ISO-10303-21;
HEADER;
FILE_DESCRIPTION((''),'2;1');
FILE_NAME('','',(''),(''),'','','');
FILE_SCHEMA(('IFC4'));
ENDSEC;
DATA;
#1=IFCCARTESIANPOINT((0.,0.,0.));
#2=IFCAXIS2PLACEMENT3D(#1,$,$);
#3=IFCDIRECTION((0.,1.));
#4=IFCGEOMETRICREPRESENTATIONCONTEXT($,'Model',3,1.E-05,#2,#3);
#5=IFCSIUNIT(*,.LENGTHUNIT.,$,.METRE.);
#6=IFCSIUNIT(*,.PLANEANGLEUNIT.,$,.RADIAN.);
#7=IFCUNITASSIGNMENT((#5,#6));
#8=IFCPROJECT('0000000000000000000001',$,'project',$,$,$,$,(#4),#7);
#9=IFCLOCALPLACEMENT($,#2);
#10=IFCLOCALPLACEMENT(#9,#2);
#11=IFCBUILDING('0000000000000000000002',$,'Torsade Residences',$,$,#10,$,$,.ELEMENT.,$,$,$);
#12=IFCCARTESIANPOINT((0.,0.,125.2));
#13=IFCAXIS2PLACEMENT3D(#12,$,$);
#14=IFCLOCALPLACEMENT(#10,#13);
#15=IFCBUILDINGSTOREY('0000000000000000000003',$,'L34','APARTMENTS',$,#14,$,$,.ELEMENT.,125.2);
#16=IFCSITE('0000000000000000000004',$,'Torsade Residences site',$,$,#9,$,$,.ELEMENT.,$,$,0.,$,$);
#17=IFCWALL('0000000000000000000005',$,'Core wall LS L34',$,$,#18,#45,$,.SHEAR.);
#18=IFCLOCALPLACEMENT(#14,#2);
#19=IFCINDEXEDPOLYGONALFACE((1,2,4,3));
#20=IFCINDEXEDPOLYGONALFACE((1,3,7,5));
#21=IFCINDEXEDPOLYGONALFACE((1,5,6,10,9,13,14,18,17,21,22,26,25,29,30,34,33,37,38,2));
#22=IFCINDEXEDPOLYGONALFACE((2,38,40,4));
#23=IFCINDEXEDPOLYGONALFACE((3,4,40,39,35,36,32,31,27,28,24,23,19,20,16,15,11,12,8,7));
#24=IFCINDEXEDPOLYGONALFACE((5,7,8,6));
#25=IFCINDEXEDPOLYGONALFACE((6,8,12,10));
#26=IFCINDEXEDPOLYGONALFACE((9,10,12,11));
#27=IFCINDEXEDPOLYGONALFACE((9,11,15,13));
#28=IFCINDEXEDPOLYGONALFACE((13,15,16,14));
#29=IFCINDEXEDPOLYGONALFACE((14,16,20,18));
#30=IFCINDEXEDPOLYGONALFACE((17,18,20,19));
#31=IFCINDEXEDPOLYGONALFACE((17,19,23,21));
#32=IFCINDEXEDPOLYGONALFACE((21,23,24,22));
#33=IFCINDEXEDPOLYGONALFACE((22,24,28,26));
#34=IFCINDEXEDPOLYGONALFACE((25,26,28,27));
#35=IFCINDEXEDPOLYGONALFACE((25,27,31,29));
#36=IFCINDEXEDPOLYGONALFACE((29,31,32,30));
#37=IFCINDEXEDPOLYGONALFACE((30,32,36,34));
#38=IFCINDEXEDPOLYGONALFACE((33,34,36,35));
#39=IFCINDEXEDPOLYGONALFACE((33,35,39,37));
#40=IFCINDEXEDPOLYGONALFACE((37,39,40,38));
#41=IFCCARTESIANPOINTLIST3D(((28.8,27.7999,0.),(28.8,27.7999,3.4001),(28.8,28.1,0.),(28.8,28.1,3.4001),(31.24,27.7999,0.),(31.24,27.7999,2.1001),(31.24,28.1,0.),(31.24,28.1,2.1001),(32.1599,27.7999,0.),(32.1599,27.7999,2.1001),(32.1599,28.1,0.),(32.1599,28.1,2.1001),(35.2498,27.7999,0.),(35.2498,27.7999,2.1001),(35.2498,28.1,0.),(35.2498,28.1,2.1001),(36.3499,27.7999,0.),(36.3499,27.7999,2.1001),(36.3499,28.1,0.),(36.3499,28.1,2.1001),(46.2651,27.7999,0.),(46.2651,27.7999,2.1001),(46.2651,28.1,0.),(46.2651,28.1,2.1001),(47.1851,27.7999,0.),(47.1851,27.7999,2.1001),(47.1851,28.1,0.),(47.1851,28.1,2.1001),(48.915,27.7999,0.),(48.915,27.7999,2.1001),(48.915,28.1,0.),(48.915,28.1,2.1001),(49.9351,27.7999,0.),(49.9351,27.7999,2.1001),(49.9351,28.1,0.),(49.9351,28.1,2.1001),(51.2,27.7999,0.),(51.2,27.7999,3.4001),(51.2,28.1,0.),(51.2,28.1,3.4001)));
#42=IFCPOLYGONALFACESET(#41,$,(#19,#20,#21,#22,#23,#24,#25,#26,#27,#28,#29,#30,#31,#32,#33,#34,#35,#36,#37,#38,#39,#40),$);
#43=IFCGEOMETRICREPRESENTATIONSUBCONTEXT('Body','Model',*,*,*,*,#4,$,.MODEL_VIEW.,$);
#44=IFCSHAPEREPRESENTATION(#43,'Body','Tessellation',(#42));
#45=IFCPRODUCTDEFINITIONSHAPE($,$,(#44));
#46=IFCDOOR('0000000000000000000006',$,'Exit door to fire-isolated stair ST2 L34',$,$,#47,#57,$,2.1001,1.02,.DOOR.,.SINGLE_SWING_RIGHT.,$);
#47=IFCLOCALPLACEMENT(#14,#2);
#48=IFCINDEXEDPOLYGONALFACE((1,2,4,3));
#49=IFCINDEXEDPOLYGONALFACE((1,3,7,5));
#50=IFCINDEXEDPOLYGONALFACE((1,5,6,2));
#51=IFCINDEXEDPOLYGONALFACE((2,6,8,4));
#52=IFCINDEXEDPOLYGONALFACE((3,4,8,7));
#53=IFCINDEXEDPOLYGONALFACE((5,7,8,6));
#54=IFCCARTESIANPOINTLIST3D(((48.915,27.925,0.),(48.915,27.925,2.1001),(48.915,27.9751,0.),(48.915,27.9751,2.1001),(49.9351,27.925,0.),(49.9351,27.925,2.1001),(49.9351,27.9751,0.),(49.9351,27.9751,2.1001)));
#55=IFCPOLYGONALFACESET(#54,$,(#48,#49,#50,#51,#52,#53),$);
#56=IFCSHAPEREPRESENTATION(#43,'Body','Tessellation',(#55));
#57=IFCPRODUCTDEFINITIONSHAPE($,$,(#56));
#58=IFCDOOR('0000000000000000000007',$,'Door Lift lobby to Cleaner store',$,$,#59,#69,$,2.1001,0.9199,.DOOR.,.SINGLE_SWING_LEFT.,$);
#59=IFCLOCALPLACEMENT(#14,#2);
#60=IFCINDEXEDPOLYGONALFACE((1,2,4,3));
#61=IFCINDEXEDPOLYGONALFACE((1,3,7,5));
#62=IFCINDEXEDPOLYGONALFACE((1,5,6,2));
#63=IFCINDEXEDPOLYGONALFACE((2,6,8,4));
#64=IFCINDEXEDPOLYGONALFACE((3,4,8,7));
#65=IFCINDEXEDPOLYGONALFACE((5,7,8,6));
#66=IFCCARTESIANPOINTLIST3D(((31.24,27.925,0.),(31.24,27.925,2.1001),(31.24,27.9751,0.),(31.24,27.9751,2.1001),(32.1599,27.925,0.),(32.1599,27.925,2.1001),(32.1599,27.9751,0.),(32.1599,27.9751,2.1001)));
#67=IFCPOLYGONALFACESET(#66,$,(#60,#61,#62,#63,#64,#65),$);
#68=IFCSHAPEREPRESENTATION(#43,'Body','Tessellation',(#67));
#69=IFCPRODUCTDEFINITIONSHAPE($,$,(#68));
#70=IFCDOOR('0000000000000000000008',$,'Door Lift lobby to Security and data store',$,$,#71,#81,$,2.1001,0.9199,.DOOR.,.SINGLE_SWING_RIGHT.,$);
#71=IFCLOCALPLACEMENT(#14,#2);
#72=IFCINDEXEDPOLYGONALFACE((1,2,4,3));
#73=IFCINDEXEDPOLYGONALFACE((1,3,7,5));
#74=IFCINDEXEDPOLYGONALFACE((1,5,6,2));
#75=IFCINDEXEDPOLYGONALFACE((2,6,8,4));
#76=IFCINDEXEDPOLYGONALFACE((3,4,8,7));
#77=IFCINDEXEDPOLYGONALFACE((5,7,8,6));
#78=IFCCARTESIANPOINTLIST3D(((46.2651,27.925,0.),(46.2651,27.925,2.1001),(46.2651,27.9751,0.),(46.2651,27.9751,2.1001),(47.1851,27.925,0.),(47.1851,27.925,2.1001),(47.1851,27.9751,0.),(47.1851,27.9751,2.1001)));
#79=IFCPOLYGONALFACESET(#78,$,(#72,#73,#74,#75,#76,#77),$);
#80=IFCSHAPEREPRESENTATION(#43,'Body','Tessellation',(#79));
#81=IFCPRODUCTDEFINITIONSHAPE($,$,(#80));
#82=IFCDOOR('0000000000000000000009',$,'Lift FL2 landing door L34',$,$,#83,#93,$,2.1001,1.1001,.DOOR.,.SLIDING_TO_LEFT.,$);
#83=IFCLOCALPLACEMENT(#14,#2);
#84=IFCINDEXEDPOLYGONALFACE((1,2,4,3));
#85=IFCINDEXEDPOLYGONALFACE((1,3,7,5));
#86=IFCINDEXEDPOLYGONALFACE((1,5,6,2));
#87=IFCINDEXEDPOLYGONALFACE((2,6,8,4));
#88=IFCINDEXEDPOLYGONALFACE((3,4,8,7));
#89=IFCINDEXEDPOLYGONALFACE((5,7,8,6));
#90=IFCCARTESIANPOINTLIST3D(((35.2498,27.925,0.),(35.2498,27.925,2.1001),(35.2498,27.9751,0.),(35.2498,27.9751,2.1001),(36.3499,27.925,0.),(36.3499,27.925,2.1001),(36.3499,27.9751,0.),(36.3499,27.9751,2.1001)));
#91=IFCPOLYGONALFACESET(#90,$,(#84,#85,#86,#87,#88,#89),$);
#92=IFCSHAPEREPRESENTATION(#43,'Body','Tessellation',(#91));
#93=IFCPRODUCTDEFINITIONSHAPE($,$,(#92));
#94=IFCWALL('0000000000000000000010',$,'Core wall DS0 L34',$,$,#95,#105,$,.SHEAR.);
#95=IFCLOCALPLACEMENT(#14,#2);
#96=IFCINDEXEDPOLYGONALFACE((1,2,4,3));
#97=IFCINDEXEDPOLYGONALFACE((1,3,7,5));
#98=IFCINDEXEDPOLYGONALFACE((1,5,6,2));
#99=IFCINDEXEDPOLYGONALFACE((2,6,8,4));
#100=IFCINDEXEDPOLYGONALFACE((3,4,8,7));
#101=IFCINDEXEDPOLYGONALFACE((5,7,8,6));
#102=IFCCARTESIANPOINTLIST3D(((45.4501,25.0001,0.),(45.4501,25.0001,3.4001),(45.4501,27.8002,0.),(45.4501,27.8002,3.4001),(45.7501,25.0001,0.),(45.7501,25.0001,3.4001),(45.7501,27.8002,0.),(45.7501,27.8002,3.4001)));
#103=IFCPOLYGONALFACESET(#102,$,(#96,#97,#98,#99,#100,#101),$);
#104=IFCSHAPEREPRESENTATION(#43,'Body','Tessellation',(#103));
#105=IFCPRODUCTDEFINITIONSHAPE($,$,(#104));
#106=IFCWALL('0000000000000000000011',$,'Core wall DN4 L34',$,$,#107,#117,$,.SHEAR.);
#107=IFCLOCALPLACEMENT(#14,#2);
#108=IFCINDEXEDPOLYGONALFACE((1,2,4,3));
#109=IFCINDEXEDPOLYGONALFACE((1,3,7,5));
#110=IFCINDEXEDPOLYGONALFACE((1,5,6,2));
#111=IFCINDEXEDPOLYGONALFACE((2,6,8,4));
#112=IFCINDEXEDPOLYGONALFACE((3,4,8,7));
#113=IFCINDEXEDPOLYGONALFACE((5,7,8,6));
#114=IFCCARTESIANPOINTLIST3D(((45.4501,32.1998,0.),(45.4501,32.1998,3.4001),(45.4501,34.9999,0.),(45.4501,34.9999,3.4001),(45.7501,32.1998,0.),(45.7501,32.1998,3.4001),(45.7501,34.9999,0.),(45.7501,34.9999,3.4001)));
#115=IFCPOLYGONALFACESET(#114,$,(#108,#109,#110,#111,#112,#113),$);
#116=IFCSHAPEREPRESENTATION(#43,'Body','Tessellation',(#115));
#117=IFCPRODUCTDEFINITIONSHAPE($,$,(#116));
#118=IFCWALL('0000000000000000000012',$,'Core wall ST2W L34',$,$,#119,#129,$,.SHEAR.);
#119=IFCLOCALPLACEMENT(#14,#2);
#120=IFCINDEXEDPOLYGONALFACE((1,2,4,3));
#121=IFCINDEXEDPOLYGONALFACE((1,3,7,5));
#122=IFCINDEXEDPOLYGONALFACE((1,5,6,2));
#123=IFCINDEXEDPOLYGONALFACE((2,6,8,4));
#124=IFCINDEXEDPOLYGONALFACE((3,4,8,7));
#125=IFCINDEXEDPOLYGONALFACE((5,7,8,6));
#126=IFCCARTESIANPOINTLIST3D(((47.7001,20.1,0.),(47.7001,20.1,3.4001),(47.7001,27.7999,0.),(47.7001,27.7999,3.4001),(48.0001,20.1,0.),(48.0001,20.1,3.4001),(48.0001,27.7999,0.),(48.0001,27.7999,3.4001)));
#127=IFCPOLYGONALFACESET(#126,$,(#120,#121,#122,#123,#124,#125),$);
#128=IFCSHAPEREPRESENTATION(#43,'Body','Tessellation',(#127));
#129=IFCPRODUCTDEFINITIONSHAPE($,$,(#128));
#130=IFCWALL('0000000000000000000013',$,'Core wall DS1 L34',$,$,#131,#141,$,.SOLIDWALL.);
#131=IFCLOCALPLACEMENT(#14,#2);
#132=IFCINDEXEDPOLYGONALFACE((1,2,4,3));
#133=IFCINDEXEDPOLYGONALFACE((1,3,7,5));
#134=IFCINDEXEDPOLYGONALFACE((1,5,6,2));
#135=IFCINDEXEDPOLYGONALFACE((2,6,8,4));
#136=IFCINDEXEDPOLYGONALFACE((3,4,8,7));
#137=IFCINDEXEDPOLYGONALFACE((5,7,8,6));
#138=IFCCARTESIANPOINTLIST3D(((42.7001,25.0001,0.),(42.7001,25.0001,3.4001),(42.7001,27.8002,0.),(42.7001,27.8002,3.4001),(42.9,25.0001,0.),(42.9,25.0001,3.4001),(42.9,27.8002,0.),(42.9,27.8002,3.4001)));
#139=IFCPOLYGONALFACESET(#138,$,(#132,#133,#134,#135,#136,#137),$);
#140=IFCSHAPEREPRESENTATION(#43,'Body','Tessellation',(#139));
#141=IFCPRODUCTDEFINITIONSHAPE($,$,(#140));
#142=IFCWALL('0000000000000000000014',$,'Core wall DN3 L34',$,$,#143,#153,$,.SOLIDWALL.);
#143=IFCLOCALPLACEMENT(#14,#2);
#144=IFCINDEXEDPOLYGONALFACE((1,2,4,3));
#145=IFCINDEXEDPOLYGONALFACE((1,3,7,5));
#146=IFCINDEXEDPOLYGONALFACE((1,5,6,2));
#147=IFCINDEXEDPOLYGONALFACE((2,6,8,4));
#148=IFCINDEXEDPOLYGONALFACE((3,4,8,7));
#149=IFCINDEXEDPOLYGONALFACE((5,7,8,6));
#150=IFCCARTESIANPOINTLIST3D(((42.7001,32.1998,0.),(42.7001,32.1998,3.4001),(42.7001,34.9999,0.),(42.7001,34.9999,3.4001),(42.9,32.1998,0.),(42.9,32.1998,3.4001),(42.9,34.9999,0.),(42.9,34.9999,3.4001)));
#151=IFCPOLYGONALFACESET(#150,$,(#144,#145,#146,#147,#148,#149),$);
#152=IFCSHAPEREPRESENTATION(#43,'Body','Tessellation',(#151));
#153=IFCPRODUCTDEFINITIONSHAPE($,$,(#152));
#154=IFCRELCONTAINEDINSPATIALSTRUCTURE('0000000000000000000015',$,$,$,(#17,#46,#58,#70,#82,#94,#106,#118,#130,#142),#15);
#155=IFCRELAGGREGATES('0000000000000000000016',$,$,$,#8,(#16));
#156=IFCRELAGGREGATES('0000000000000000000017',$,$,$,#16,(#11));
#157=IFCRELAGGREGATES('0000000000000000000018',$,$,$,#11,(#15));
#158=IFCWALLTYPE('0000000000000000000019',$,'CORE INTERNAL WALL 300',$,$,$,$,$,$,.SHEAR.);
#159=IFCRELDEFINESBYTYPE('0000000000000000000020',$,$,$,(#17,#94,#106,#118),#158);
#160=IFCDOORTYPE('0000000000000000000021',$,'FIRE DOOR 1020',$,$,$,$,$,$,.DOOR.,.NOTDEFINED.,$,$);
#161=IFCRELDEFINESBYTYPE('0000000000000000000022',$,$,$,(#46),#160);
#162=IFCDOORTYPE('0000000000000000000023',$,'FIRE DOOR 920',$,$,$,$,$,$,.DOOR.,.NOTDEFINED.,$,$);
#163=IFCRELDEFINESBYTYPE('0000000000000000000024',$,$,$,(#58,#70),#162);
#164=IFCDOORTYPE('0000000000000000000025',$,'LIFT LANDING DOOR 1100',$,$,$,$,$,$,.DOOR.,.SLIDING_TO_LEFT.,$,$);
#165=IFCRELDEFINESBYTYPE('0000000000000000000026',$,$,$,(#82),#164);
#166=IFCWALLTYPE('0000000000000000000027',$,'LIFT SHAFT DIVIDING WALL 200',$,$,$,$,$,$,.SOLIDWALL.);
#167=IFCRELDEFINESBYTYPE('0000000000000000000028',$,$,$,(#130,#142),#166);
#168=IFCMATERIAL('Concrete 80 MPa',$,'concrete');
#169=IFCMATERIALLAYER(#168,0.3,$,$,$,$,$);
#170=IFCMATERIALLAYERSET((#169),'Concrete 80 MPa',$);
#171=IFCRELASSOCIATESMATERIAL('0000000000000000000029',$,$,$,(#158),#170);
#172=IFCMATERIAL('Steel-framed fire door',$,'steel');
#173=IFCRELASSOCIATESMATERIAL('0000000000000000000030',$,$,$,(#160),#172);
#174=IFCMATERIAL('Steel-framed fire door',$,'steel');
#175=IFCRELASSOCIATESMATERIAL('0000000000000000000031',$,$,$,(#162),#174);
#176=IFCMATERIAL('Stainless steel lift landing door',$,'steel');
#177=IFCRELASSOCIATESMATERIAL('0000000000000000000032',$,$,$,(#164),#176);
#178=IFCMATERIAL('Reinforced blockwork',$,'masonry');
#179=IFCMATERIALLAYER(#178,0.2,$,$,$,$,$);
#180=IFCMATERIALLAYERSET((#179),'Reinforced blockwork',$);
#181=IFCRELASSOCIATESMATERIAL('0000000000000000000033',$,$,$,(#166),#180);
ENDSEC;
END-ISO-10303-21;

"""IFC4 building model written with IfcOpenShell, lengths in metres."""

from ifc_helpers import new_model, si_unit, direction, frame, frame_2d, origin, place, context, subcontext, project, spatial, rectangle, extrude, material, layer, layer_set, type_object, element, fill, save


model = new_model("IFC4")

# Units and contexts
model_context = context("Model", 3, precision=1e-05, world=origin(), true_north=direction((0.0, 1.0)))
body_context = subcontext(model_context, "Body", "Model", "MODEL_VIEW")
ifc_project = project(units=[si_unit("LENGTHUNIT", "METRE"), si_unit("PLANEANGLEUNIT", "RADIAN")], contexts=[model_context])

# Site, building, storey
site_placement = place(None, origin())
site = spatial("IfcSite", under=ifc_project, at=site_placement, Name="Torsade Residences site", CompositionType="ELEMENT", RefElevation=0.0)
building_placement = place(site_placement, origin())
building = spatial("IfcBuilding", under=site, at=building_placement, Name="Torsade Residences", CompositionType="ELEMENT")
storey_placement = place(building_placement, frame((0.0, 0.0, 125.2)))
storey = spatial("IfcBuildingStorey", under=building, at=storey_placement, Name="L34", Description="APARTMENTS", CompositionType="ELEMENT", Elevation=125.2)

# Wall, openings, doors
ifc_material_1 = material(Name="Concrete 80 MPa", Category="concrete")
ifc_layer_1 = layer(ifc_material_1, 0.3)
ifc_layer_set_1 = layer_set([ifc_layer_1], Name="Concrete 80 MPa")
wall_type_1 = type_object("IfcWallType", Name="CORE INTERNAL WALL 300", PredefinedType="SHEAR", material=ifc_layer_set_1)
wall_1_placement = place(storey_placement, frame((51.2, 27.95, 0.0), z_axis=(0.0, 0.0, 1.0), x_axis=(-1.0, 0.0, 0.0)))
wall_1 = element("IfcWall", 1, at=wall_1_placement, inside=storey, type_object=wall_type_1, Name="Core wall LS L34", PredefinedType="SHEAR", context=body_context, shape_type="SweptSolid", body=[
    extrude(rectangle(XDim=22.3999, YDim=0.3, at=frame_2d((11.2, 0.0))), origin(), (0.0, 0.0, 1.0), 3.4001),
])
opening_1_placement = place(wall_1_placement, frame((19.04, 0.0, 0.0)))
opening_1 = element("IfcOpeningElement", 2, at=opening_1_placement, cuts=wall_1, PredefinedType="OPENING", context=body_context, shape_type="SweptSolid", body=[
    extrude(rectangle(XDim=0.9199, YDim=2.1001, at=frame_2d((0.46, 1.05))), frame((0.0, 0.1599, 0.0), z_axis=(0.0, -1.0, 0.0), x_axis=(1.0, 0.0, 0.0)), (0.0, 0.0, 1.0), 0.3201),
])
opening_2_placement = place(wall_1_placement, frame((1.2649, 0.0, 0.0)))
opening_2 = element("IfcOpeningElement", 3, at=opening_2_placement, cuts=wall_1, PredefinedType="OPENING", context=body_context, shape_type="SweptSolid", body=[
    extrude(rectangle(XDim=1.02, YDim=2.1001, at=frame_2d((0.51, 1.05))), frame((0.0, 0.1599, 0.0), z_axis=(0.0, -1.0, 0.0), x_axis=(1.0, 0.0, 0.0)), (0.0, 0.0, 1.0), 0.3201),
])
opening_3_placement = place(wall_1_placement, frame((4.0149, 0.0, 0.0)))
opening_3 = element("IfcOpeningElement", 4, at=opening_3_placement, cuts=wall_1, PredefinedType="OPENING", context=body_context, shape_type="SweptSolid", body=[
    extrude(rectangle(XDim=0.9199, YDim=2.1001, at=frame_2d((0.46, 1.05))), frame((0.0, 0.1599, 0.0), z_axis=(0.0, -1.0, 0.0), x_axis=(1.0, 0.0, 0.0)), (0.0, 0.0, 1.0), 0.3201),
])
opening_4_placement = place(wall_1_placement, frame((14.8501, 0.0, 0.0)))
opening_4 = element("IfcOpeningElement", 5, at=opening_4_placement, cuts=wall_1, PredefinedType="OPENING", context=body_context, shape_type="SweptSolid", body=[
    extrude(rectangle(XDim=1.1001, YDim=2.1001, at=frame_2d((0.55, 1.05))), frame((0.0, 0.1599, 0.0), z_axis=(0.0, -1.0, 0.0), x_axis=(1.0, 0.0, 0.0)), (0.0, 0.0, 1.0), 0.3201),
])
ifc_material_2 = material(Name="Steel-framed fire door", Category="steel")
door_type_1 = type_object("IfcDoorType", Name="FIRE DOOR 1020", OperationType="NOTDEFINED", PredefinedType="DOOR", material=ifc_material_2)
door_1_placement = place(opening_2_placement, origin())
door_1 = element("IfcDoor", 6, at=door_1_placement, inside=storey, type_object=door_type_1, Name="Exit door to fire-isolated stair ST2 L34", OperationType="SINGLE_SWING_RIGHT", OverallHeight=2.1001, OverallWidth=1.02, PredefinedType="DOOR", context=body_context, shape_type="SweptSolid", body=[
    extrude(rectangle(XDim=1.02, YDim=2.1001, at=frame_2d((0.51, 1.05))), frame((0.0, 0.0249, 0.0), z_axis=(0.0, -1.0, 0.0), x_axis=(1.0, 0.0, 0.0)), (0.0, 0.0, 1.0), 0.05),
])
fill(opening_2, door_1)
ifc_material_3 = material(Name="Steel-framed fire door", Category="steel")
door_type_2 = type_object("IfcDoorType", Name="FIRE DOOR 920", OperationType="NOTDEFINED", PredefinedType="DOOR", material=ifc_material_3)
door_2_placement = place(opening_1_placement, origin())
door_2 = element("IfcDoor", 7, at=door_2_placement, inside=storey, type_object=door_type_2, Name="Door Lift lobby to Cleaner store", OperationType="SINGLE_SWING_LEFT", OverallHeight=2.1001, OverallWidth=0.9199, PredefinedType="DOOR", context=body_context, shape_type="SweptSolid", body=[
    extrude(rectangle(XDim=0.9199, YDim=2.1001, at=frame_2d((0.46, 1.05))), frame((0.0, 0.0249, 0.0), z_axis=(0.0, -1.0, 0.0), x_axis=(1.0, 0.0, 0.0)), (0.0, 0.0, 1.0), 0.05),
])
fill(opening_1, door_2)
door_3_placement = place(opening_3_placement, origin())
door_3 = element("IfcDoor", 8, at=door_3_placement, inside=storey, type_object=door_type_2, Name="Door Lift lobby to Security and data store", OperationType="SINGLE_SWING_RIGHT", OverallHeight=2.1001, OverallWidth=0.9199, PredefinedType="DOOR", context=body_context, shape_type="SweptSolid", body=[
    extrude(rectangle(XDim=0.9199, YDim=2.1001, at=frame_2d((0.46, 1.05))), frame((0.0, 0.0249, 0.0), z_axis=(0.0, -1.0, 0.0), x_axis=(1.0, 0.0, 0.0)), (0.0, 0.0, 1.0), 0.05),
])
fill(opening_3, door_3)
ifc_material_4 = material(Name="Stainless steel lift landing door", Category="steel")
door_type_3 = type_object("IfcDoorType", Name="LIFT LANDING DOOR 1100", OperationType="SLIDING_TO_LEFT", PredefinedType="DOOR", material=ifc_material_4)
door_4_placement = place(opening_4_placement, origin())
door_4 = element("IfcDoor", 9, at=door_4_placement, inside=storey, type_object=door_type_3, Name="Lift FL2 landing door L34", OperationType="SLIDING_TO_LEFT", OverallHeight=2.1001, OverallWidth=1.1001, PredefinedType="DOOR", context=body_context, shape_type="SweptSolid", body=[
    extrude(rectangle(XDim=1.1001, YDim=2.1001, at=frame_2d((0.55, 1.05))), frame((0.0, 0.0249, 0.0), z_axis=(0.0, -1.0, 0.0), x_axis=(1.0, 0.0, 0.0)), (0.0, 0.0, 1.0), 0.05),
])
fill(opening_4, door_4)

# Walls
for number, where, z_axis, x_axis, name in (
    (10, (45.6001, 27.8, 0.0), (0.0, 0.0, 1.0), (0.0, -1.0, 0.0), "Core wall DS0 L34"),
    (11, (45.6001, 32.2, 0.0), (0.0, 0.0, 1.0), (0.0, 1.0, 0.0), "Core wall DN4 L34"),
):
    element("IfcWall", number, at=place(storey_placement, frame(where, z_axis=z_axis, x_axis=x_axis)), inside=storey, type_object=wall_type_1, Name=name, PredefinedType="SHEAR", context=body_context, shape_type="SweptSolid", body=[
        extrude(rectangle(XDim=2.8, YDim=0.3, at=frame_2d((1.3999, 0.0))), origin(), (0.0, 0.0, 1.0), 3.4001),
    ])
wall_2_placement = place(storey_placement, frame((47.8501, 27.8, 0.0), z_axis=(0.0, 0.0, 1.0), x_axis=(0.0, -1.0, 0.0)))
element("IfcWall", 12, at=wall_2_placement, inside=storey, type_object=wall_type_1, Name="Core wall ST2W L34", PredefinedType="SHEAR", context=body_context, shape_type="SweptSolid", body=[
    extrude(rectangle(XDim=7.7, YDim=0.3, at=frame_2d((3.8501, 0.0))), origin(), (0.0, 0.0, 1.0), 3.4001),
])
ifc_material_5 = material(Name="Reinforced blockwork", Category="masonry")
ifc_layer_2 = layer(ifc_material_5, 0.2)
ifc_layer_set_2 = layer_set([ifc_layer_2], Name="Reinforced blockwork")
wall_type_2 = type_object("IfcWallType", Name="LIFT SHAFT DIVIDING WALL 200", PredefinedType="SOLIDWALL", material=ifc_layer_set_2)
for number, where, z_axis, x_axis, name in (
    (13, (42.8, 27.8, 0.0), (0.0, 0.0, 1.0), (0.0, -1.0, 0.0), "Core wall DS1 L34"),
    (14, (42.8, 32.2, 0.0), (0.0, 0.0, 1.0), (0.0, 1.0, 0.0), "Core wall DN3 L34"),
):
    element("IfcWall", number, at=place(storey_placement, frame(where, z_axis=z_axis, x_axis=x_axis)), inside=storey, type_object=wall_type_2, Name=name, PredefinedType="SOLIDWALL", context=body_context, shape_type="SweptSolid", body=[
        extrude(rectangle(XDim=2.8, YDim=0.2, at=frame_2d((1.3999, 0.0))), origin(), (0.0, 0.0, 1.0), 3.4001),
    ])

save(model, "model.ifc")
